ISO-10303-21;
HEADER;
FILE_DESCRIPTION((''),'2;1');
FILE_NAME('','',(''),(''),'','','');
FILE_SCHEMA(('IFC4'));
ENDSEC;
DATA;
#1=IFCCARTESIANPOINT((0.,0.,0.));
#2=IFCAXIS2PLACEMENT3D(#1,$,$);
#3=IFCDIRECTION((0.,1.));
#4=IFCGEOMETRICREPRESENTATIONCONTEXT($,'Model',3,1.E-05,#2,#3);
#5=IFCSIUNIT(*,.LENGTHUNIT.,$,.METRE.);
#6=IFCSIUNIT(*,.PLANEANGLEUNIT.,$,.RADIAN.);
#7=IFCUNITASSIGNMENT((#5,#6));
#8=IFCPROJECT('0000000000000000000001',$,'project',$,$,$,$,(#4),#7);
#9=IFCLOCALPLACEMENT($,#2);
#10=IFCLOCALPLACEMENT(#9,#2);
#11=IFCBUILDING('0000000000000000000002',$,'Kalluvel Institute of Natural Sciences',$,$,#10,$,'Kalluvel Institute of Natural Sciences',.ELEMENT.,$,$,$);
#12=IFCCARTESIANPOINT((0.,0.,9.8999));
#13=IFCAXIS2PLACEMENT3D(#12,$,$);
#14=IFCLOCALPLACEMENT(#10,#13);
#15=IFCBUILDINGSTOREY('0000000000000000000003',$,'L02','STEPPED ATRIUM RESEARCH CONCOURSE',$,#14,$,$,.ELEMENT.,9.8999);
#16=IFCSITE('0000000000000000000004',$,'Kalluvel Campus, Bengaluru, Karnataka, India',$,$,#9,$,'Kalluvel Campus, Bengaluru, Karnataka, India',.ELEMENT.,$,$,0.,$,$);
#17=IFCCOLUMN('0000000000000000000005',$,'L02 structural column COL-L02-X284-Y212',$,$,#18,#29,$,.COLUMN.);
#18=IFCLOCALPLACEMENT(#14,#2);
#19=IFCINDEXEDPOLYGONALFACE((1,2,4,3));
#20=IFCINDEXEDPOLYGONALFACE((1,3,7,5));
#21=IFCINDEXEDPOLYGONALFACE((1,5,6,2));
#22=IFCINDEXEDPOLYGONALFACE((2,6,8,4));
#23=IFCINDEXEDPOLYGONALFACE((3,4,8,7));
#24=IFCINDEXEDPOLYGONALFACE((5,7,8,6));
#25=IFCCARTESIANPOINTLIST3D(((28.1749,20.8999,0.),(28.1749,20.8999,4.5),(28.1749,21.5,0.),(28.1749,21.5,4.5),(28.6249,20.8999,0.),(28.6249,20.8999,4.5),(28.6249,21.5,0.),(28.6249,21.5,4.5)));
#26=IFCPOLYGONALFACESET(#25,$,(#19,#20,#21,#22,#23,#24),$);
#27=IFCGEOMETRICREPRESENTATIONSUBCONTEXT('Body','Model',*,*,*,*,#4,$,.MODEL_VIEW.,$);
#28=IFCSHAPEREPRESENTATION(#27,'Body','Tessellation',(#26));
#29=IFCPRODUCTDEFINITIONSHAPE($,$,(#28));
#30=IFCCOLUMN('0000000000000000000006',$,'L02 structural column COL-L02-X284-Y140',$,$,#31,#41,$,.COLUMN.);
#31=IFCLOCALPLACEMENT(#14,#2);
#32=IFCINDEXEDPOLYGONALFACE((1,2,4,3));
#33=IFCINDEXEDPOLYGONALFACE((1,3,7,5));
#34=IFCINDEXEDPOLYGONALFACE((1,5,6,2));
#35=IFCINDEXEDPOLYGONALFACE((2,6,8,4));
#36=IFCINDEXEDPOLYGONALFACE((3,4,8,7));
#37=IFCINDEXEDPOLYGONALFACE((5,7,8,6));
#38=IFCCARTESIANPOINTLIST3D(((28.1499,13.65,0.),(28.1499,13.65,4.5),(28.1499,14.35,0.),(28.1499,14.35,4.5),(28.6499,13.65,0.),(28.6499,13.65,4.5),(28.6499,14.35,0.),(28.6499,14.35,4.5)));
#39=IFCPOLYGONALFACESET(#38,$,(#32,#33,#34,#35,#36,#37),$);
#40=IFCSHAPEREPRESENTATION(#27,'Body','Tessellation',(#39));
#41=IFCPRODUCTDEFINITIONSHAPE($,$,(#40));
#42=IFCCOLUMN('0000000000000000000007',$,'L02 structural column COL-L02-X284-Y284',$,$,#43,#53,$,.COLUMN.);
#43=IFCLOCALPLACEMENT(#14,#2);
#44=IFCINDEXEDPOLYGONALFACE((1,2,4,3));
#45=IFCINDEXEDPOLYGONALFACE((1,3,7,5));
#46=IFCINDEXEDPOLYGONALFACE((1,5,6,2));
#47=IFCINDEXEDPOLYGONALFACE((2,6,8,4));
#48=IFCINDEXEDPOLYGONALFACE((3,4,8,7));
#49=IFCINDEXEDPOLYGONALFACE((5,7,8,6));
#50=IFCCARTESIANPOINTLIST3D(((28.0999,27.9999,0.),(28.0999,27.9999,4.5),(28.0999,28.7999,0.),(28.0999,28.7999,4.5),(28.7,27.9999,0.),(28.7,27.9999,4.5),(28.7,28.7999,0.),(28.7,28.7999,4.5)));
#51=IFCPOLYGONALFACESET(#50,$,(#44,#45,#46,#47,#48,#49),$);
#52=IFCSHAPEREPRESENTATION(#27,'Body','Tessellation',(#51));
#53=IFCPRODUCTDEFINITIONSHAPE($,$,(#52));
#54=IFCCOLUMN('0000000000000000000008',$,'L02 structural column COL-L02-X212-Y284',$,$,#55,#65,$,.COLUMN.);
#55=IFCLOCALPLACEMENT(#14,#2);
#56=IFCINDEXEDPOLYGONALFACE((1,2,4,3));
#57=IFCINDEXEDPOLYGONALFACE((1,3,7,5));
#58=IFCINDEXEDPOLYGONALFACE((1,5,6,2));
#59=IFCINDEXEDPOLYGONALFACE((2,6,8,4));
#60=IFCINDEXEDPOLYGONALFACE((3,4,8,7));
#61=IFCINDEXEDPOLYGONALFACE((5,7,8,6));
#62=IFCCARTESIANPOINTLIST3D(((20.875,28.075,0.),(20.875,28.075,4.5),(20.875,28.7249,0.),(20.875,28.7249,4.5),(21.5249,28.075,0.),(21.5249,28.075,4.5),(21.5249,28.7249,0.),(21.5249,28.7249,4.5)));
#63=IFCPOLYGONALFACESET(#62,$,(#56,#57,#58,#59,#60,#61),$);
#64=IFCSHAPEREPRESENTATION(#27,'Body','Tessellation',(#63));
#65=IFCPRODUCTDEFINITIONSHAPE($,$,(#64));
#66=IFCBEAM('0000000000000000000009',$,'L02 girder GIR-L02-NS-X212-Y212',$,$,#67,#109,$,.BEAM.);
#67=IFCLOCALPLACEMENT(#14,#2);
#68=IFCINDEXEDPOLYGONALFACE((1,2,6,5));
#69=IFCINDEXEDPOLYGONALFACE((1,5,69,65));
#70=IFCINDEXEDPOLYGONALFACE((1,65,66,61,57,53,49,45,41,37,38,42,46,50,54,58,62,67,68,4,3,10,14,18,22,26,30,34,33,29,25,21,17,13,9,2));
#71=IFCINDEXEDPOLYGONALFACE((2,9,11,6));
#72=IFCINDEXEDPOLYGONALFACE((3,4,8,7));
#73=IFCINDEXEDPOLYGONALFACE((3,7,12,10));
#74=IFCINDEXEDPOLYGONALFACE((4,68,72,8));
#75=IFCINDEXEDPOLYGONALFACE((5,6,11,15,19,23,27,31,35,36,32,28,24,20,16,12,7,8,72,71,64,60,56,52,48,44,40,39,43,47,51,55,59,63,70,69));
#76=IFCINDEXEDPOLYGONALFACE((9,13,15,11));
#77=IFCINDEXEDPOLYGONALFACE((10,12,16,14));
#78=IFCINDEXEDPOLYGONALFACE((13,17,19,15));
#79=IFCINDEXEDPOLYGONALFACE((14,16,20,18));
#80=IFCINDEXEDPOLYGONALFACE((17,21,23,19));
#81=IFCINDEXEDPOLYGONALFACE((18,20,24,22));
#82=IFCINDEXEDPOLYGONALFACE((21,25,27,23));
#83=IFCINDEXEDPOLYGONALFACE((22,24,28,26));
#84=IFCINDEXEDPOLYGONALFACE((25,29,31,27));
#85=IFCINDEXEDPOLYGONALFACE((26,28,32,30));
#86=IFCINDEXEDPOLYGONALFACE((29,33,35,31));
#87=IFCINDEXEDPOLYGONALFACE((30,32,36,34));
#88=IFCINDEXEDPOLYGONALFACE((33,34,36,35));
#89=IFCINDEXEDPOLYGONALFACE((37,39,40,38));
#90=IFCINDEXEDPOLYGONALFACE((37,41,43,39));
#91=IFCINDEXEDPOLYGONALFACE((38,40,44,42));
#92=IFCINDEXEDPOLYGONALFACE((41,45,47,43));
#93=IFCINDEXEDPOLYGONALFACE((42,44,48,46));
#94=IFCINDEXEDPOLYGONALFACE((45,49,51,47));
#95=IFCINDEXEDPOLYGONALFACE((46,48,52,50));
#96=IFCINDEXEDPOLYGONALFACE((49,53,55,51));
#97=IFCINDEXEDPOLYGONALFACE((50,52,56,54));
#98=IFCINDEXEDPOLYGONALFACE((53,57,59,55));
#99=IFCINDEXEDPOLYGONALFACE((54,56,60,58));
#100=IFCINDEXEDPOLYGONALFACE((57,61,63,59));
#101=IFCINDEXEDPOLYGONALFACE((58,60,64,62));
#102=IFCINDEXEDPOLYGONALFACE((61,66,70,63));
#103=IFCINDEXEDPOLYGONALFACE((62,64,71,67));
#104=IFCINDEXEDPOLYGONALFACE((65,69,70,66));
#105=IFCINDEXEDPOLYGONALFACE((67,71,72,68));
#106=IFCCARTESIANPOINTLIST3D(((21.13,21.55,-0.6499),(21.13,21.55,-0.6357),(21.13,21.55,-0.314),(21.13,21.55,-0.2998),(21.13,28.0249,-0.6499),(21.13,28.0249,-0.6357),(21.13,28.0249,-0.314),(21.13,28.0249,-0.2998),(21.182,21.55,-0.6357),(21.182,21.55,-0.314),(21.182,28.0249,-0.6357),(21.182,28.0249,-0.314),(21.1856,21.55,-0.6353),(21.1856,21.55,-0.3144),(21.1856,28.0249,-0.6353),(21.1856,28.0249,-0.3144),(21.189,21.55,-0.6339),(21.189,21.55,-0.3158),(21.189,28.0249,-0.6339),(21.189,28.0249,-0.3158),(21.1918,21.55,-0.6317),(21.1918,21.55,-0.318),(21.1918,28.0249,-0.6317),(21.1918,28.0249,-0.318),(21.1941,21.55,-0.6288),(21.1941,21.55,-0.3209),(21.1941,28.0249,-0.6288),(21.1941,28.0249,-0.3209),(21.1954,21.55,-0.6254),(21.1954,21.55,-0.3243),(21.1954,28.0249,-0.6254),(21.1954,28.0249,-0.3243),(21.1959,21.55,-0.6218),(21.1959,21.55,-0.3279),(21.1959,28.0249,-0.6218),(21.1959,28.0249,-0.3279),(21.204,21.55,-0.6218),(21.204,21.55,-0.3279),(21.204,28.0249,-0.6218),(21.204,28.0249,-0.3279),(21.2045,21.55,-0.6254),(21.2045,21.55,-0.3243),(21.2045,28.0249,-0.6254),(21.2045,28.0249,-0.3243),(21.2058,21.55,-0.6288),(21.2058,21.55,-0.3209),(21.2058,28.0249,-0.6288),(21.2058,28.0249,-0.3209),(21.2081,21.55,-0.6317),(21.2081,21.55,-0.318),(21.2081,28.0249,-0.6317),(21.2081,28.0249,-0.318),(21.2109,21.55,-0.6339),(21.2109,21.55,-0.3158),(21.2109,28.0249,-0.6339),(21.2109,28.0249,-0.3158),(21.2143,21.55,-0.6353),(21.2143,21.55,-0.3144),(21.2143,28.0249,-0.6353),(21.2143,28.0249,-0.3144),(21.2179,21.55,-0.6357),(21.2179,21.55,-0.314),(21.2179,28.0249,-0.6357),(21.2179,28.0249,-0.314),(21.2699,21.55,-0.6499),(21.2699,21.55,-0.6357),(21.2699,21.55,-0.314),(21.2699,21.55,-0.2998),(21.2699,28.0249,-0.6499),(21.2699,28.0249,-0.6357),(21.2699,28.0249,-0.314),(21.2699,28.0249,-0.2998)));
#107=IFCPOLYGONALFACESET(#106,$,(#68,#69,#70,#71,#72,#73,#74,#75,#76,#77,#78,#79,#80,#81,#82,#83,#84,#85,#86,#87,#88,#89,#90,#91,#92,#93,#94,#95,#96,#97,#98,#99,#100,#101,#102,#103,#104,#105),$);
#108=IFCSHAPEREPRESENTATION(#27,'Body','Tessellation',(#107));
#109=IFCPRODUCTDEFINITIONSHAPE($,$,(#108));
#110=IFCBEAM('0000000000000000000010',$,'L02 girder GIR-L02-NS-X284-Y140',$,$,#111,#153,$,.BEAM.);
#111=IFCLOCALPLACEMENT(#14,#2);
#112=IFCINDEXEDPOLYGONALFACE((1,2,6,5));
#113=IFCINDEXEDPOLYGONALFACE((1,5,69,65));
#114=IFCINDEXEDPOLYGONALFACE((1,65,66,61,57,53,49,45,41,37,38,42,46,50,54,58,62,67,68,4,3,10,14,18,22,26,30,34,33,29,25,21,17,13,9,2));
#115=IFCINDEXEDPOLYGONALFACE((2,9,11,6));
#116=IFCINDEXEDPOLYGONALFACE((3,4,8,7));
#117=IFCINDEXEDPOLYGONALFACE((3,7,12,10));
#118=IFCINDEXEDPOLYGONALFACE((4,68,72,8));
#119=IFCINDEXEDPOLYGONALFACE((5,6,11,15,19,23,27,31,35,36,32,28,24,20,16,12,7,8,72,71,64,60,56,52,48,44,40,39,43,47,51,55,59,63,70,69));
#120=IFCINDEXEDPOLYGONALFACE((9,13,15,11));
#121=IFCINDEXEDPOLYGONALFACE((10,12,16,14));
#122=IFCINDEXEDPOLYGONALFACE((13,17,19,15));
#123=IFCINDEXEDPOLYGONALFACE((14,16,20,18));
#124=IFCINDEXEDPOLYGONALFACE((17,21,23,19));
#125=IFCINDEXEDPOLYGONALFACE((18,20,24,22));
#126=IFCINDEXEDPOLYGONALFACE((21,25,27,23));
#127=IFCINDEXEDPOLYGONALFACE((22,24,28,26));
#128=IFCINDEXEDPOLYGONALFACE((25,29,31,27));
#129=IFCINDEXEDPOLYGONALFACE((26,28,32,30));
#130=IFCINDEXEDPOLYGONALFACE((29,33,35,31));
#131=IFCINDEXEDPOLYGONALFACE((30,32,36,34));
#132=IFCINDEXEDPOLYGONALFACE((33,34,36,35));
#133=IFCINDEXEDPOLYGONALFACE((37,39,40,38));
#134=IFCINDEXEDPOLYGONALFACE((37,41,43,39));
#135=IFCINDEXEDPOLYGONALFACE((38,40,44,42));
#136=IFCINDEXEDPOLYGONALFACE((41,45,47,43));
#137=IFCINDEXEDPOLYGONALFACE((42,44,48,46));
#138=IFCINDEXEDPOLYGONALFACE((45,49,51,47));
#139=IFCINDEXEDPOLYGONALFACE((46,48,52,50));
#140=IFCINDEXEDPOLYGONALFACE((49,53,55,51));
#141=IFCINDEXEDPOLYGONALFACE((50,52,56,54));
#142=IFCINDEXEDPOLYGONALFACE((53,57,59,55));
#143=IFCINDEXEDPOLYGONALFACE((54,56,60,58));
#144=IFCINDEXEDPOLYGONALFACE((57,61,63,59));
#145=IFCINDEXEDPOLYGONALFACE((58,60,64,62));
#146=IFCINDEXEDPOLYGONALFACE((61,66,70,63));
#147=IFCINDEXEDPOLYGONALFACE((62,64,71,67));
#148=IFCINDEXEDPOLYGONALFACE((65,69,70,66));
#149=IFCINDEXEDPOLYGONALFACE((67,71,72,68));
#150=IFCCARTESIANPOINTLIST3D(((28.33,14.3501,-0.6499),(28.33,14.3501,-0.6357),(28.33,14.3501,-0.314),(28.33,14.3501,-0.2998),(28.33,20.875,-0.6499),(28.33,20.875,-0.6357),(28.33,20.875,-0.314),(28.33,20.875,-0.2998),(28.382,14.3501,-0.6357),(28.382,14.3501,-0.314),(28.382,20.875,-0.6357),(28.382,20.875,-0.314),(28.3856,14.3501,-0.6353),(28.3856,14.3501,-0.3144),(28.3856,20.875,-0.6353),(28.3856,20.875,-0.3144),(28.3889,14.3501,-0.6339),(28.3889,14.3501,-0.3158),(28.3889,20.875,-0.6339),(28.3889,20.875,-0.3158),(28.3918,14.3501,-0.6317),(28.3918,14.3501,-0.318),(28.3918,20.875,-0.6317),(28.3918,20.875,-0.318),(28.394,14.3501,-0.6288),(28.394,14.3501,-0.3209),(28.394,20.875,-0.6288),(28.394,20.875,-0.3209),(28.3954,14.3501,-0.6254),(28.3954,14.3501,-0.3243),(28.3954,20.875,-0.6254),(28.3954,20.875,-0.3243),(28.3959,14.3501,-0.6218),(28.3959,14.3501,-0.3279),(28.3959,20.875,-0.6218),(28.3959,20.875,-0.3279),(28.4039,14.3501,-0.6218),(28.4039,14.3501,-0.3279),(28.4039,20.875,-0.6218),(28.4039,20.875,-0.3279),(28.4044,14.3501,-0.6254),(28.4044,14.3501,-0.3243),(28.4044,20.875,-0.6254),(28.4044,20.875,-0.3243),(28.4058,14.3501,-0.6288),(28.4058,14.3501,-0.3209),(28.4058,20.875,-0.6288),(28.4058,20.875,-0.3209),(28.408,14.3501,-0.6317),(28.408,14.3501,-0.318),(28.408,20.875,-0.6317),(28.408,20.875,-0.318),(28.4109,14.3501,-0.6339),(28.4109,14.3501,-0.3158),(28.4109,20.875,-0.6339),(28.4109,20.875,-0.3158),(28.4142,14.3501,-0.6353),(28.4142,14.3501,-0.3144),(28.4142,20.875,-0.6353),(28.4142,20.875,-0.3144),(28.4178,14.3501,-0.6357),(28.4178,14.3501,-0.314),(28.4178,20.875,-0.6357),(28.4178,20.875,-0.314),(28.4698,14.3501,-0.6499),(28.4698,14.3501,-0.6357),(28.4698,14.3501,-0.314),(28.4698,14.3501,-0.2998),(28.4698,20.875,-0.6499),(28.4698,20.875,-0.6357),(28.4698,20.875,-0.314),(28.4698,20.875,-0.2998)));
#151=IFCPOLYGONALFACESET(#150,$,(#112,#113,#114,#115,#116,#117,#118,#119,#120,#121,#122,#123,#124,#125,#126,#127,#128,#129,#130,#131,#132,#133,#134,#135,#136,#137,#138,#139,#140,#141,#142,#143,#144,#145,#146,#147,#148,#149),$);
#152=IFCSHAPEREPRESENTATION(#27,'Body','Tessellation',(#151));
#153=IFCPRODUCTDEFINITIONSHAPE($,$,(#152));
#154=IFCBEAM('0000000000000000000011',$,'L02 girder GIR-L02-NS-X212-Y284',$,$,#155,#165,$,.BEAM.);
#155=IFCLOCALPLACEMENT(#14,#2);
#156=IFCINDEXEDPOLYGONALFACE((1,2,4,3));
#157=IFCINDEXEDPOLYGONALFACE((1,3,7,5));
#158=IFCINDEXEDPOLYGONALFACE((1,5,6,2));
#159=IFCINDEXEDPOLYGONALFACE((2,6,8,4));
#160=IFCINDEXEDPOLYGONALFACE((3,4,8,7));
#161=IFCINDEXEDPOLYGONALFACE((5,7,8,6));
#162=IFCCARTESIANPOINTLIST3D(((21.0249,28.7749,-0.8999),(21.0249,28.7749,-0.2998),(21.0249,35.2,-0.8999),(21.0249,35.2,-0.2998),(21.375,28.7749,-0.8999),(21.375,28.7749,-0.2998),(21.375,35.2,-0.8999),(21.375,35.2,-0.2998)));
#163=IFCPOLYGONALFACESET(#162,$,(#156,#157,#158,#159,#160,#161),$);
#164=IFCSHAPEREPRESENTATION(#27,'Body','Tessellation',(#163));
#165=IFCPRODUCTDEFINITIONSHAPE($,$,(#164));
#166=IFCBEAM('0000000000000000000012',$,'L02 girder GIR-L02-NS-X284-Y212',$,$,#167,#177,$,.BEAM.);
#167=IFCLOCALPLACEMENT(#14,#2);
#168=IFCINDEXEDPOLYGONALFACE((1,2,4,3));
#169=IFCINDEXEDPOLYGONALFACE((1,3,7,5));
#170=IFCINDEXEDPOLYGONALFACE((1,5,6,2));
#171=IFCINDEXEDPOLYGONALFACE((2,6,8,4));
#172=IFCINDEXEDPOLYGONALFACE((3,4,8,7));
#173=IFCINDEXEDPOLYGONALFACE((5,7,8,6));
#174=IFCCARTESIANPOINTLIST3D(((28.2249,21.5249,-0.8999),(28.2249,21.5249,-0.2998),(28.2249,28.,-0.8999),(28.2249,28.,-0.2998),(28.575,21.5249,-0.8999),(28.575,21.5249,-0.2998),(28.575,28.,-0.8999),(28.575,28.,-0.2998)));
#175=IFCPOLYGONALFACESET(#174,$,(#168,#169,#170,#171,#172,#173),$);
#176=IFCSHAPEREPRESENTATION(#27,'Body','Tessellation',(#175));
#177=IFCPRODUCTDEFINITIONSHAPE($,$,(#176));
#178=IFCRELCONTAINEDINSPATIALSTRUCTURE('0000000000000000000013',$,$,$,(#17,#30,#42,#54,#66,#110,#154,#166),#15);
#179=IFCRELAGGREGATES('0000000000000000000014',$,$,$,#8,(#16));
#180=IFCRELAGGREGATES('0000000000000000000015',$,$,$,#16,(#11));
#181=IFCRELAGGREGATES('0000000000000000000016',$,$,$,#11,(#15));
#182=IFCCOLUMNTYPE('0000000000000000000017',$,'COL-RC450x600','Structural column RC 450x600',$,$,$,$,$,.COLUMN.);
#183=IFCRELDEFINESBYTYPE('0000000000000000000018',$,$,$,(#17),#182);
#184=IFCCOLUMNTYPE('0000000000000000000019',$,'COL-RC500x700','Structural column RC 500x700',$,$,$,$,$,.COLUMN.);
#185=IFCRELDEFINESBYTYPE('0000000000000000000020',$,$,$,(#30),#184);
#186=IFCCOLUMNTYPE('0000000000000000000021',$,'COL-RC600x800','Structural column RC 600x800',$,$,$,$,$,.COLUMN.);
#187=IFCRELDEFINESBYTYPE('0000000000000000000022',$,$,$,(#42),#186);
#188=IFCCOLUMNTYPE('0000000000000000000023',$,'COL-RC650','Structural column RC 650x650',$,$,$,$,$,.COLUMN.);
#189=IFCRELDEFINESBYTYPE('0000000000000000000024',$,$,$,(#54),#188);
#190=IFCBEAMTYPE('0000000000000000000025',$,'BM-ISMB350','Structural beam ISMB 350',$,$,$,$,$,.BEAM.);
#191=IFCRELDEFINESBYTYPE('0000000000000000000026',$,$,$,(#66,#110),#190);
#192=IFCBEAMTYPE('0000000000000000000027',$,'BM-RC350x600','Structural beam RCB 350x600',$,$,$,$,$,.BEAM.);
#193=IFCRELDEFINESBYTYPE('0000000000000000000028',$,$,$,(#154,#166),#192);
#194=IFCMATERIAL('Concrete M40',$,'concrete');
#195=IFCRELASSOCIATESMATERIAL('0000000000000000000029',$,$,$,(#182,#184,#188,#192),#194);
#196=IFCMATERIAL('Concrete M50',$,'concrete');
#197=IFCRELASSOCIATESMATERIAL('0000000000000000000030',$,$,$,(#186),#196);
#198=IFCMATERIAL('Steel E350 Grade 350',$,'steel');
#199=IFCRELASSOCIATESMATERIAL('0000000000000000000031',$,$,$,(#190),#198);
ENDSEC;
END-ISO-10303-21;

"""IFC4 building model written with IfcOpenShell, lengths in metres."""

from ifc_helpers import new_model, si_unit, direction, frame, origin, origin_2d, place, context, subcontext, project, spatial, rectangle, i_section, extrude, material, material_profile, profile_set, type_object, element, save


model = new_model("IFC4")

# Units and contexts
model_context = context("Model", 3, precision=1e-05, world=origin(), true_north=direction((0.0, 1.0)))
body_context = subcontext(model_context, "Body", "Model", "MODEL_VIEW")
ifc_project = project(units=[si_unit("LENGTHUNIT", "METRE"), si_unit("PLANEANGLEUNIT", "RADIAN")], contexts=[model_context])

# Site, building, storey
site_placement = place(None, origin())
site = spatial("IfcSite", under=ifc_project, at=site_placement, Name="Kalluvel Campus, Bengaluru, Karnataka, India", LongName="Kalluvel Campus, Bengaluru, Karnataka, India", CompositionType="ELEMENT", RefElevation=0.0)
building_placement = place(site_placement, origin())
building = spatial("IfcBuilding", under=site, at=building_placement, Name="Kalluvel Institute of Natural Sciences", LongName="Kalluvel Institute of Natural Sciences", CompositionType="ELEMENT")
storey_placement = place(building_placement, frame((0.0, 0.0, 9.8999)))
storey = spatial("IfcBuildingStorey", under=building, at=storey_placement, Name="L02", Description="STEPPED ATRIUM RESEARCH CONCOURSE", CompositionType="ELEMENT", Elevation=9.8999)

# Columns
ifc_material_1 = material(Name="Concrete M40", Category="concrete")
ifc_material_profile_1 = material_profile(ifc_material_1, rectangle(XDim=0.45, YDim=0.6001, at=origin_2d()), Name="RC 450x600")
ifc_profile_set_1 = profile_set([ifc_material_profile_1], Name="Concrete M40")
column_type_1 = type_object("IfcColumnType", Name="COL-RC450x600", Description="Structural column RC 450x600", PredefinedType="COLUMN", material=ifc_profile_set_1)
column_1_placement = place(storey_placement, frame((28.3999, 21.2, 0.0), z_axis=(0.0, 0.0, 1.0), x_axis=(1.0, 0.0, 0.0)))
element("IfcColumn", 1, at=column_1_placement, inside=storey, type_object=column_type_1, Name="L02 structural column COL-L02-X284-Y212", PredefinedType="COLUMN", context=body_context, shape_type="SweptSolid", body=[
    extrude(rectangle(XDim=0.45, YDim=0.6001, at=origin_2d()), origin(), (0.0, 0.0, 1.0), 4.5),
])
ifc_material_profile_2 = material_profile(ifc_material_1, rectangle(XDim=0.5, YDim=0.7, at=origin_2d()), Name="RC 500x700")
ifc_profile_set_2 = profile_set([ifc_material_profile_2], Name="Concrete M40")
column_type_2 = type_object("IfcColumnType", Name="COL-RC500x700", Description="Structural column RC 500x700", PredefinedType="COLUMN", material=ifc_profile_set_2)
column_2_placement = place(storey_placement, frame((28.3999, 14.0, 0.0), z_axis=(0.0, 0.0, 1.0), x_axis=(1.0, 0.0, 0.0)))
element("IfcColumn", 2, at=column_2_placement, inside=storey, type_object=column_type_2, Name="L02 structural column COL-L02-X284-Y140", PredefinedType="COLUMN", context=body_context, shape_type="SweptSolid", body=[
    extrude(rectangle(XDim=0.5, YDim=0.7, at=origin_2d()), origin(), (0.0, 0.0, 1.0), 4.5),
])
ifc_material_2 = material(Name="Concrete M50", Category="concrete")
ifc_material_profile_3 = material_profile(ifc_material_2, rectangle(XDim=0.6001, YDim=0.8, at=origin_2d()), Name="RC 600x800")
ifc_profile_set_3 = profile_set([ifc_material_profile_3], Name="Concrete M50")
column_type_3 = type_object("IfcColumnType", Name="COL-RC600x800", Description="Structural column RC 600x800", PredefinedType="COLUMN", material=ifc_profile_set_3)
column_3_placement = place(storey_placement, frame((28.3999, 28.3999, 0.0), z_axis=(0.0, 0.0, 1.0), x_axis=(1.0, 0.0, 0.0)))
element("IfcColumn", 3, at=column_3_placement, inside=storey, type_object=column_type_3, Name="L02 structural column COL-L02-X284-Y284", PredefinedType="COLUMN", context=body_context, shape_type="SweptSolid", body=[
    extrude(rectangle(XDim=0.6001, YDim=0.8, at=origin_2d()), origin(), (0.0, 0.0, 1.0), 4.5),
])
ifc_material_profile_4 = material_profile(ifc_material_1, rectangle(XDim=0.6499, YDim=0.6499, at=origin_2d()), Name="RC 650x650")
ifc_profile_set_4 = profile_set([ifc_material_profile_4], Name="Concrete M40")
column_type_4 = type_object("IfcColumnType", Name="COL-RC650", Description="Structural column RC 650x650", PredefinedType="COLUMN", material=ifc_profile_set_4)
column_4_placement = place(storey_placement, frame((21.2, 28.3999, 0.0), z_axis=(0.0, 0.0, 1.0), x_axis=(1.0, 0.0, 0.0)))
element("IfcColumn", 4, at=column_4_placement, inside=storey, type_object=column_type_4, Name="L02 structural column COL-L02-X212-Y284", PredefinedType="COLUMN", context=body_context, shape_type="SweptSolid", body=[
    extrude(rectangle(XDim=0.6499, YDim=0.6499, at=origin_2d()), origin(), (0.0, 0.0, 1.0), 4.5),
])

# Beams
ifc_material_3 = material(Name="Steel E350 Grade 350", Category="steel")
ifc_material_profile_5 = material_profile(ifc_material_3, i_section(OverallWidth=0.1399, OverallDepth=0.3501, WebThickness=0.0081, FlangeThickness=0.0142, FilletRadius=0.0139, at=origin_2d()), Name="ISMB 350")
ifc_profile_set_5 = profile_set([ifc_material_profile_5], Name="Steel E350 Grade 350")
beam_type_1 = type_object("IfcBeamType", Name="BM-ISMB350", Description="Structural beam ISMB 350", PredefinedType="BEAM", material=ifc_profile_set_5)
beam_1_placement = place(storey_placement, frame((21.2, 21.55, -0.4749), z_axis=(0.0, 1.0, 0.0), x_axis=(-1.0, 0.0, 0.0)))
element("IfcBeam", 5, at=beam_1_placement, inside=storey, type_object=beam_type_1, Name="L02 girder GIR-L02-NS-X212-Y212", PredefinedType="BEAM", context=body_context, shape_type="SweptSolid", body=[
    extrude(i_section(OverallWidth=0.1399, OverallDepth=0.3501, WebThickness=0.0081, FlangeThickness=0.0142, FilletRadius=0.0139, at=origin_2d()), origin(), (0.0, 0.0, 1.0), 6.4749),
])
beam_2_placement = place(storey_placement, frame((28.3999, 14.3501, -0.4749), z_axis=(0.0, 1.0, 0.0), x_axis=(-1.0, 0.0, 0.0)))
element("IfcBeam", 6, at=beam_2_placement, inside=storey, type_object=beam_type_1, Name="L02 girder GIR-L02-NS-X284-Y140", PredefinedType="BEAM", context=body_context, shape_type="SweptSolid", body=[
    extrude(i_section(OverallWidth=0.1399, OverallDepth=0.3501, WebThickness=0.0081, FlangeThickness=0.0142, FilletRadius=0.0139, at=origin_2d()), origin(), (0.0, 0.0, 1.0), 6.5249),
])
ifc_material_profile_6 = material_profile(ifc_material_1, rectangle(XDim=0.3501, YDim=0.6001, at=origin_2d()), Name="RCB 350x600")
ifc_profile_set_6 = profile_set([ifc_material_profile_6], Name="Concrete M40")
beam_type_2 = type_object("IfcBeamType", Name="BM-RC350x600", Description="Structural beam RCB 350x600", PredefinedType="BEAM", material=ifc_profile_set_6)
beam_3_placement = place(storey_placement, frame((21.2, 28.7749, -0.5999), z_axis=(0.0, 1.0, 0.0), x_axis=(-1.0, 0.0, 0.0)))
element("IfcBeam", 7, at=beam_3_placement, inside=storey, type_object=beam_type_2, Name="L02 girder GIR-L02-NS-X212-Y284", PredefinedType="BEAM", context=body_context, shape_type="SweptSolid", body=[
    extrude(rectangle(XDim=0.3501, YDim=0.6001, at=origin_2d()), origin(), (0.0, 0.0, 1.0), 6.425),
])
beam_4_placement = place(storey_placement, frame((28.3999, 21.5249, -0.5999), z_axis=(0.0, 1.0, 0.0), x_axis=(-1.0, 0.0, 0.0)))
element("IfcBeam", 8, at=beam_4_placement, inside=storey, type_object=beam_type_2, Name="L02 girder GIR-L02-NS-X284-Y212", PredefinedType="BEAM", context=body_context, shape_type="SweptSolid", body=[
    extrude(rectangle(XDim=0.3501, YDim=0.6001, at=origin_2d()), origin(), (0.0, 0.0, 1.0), 6.4751),
])

save(model, "model.ifc")
